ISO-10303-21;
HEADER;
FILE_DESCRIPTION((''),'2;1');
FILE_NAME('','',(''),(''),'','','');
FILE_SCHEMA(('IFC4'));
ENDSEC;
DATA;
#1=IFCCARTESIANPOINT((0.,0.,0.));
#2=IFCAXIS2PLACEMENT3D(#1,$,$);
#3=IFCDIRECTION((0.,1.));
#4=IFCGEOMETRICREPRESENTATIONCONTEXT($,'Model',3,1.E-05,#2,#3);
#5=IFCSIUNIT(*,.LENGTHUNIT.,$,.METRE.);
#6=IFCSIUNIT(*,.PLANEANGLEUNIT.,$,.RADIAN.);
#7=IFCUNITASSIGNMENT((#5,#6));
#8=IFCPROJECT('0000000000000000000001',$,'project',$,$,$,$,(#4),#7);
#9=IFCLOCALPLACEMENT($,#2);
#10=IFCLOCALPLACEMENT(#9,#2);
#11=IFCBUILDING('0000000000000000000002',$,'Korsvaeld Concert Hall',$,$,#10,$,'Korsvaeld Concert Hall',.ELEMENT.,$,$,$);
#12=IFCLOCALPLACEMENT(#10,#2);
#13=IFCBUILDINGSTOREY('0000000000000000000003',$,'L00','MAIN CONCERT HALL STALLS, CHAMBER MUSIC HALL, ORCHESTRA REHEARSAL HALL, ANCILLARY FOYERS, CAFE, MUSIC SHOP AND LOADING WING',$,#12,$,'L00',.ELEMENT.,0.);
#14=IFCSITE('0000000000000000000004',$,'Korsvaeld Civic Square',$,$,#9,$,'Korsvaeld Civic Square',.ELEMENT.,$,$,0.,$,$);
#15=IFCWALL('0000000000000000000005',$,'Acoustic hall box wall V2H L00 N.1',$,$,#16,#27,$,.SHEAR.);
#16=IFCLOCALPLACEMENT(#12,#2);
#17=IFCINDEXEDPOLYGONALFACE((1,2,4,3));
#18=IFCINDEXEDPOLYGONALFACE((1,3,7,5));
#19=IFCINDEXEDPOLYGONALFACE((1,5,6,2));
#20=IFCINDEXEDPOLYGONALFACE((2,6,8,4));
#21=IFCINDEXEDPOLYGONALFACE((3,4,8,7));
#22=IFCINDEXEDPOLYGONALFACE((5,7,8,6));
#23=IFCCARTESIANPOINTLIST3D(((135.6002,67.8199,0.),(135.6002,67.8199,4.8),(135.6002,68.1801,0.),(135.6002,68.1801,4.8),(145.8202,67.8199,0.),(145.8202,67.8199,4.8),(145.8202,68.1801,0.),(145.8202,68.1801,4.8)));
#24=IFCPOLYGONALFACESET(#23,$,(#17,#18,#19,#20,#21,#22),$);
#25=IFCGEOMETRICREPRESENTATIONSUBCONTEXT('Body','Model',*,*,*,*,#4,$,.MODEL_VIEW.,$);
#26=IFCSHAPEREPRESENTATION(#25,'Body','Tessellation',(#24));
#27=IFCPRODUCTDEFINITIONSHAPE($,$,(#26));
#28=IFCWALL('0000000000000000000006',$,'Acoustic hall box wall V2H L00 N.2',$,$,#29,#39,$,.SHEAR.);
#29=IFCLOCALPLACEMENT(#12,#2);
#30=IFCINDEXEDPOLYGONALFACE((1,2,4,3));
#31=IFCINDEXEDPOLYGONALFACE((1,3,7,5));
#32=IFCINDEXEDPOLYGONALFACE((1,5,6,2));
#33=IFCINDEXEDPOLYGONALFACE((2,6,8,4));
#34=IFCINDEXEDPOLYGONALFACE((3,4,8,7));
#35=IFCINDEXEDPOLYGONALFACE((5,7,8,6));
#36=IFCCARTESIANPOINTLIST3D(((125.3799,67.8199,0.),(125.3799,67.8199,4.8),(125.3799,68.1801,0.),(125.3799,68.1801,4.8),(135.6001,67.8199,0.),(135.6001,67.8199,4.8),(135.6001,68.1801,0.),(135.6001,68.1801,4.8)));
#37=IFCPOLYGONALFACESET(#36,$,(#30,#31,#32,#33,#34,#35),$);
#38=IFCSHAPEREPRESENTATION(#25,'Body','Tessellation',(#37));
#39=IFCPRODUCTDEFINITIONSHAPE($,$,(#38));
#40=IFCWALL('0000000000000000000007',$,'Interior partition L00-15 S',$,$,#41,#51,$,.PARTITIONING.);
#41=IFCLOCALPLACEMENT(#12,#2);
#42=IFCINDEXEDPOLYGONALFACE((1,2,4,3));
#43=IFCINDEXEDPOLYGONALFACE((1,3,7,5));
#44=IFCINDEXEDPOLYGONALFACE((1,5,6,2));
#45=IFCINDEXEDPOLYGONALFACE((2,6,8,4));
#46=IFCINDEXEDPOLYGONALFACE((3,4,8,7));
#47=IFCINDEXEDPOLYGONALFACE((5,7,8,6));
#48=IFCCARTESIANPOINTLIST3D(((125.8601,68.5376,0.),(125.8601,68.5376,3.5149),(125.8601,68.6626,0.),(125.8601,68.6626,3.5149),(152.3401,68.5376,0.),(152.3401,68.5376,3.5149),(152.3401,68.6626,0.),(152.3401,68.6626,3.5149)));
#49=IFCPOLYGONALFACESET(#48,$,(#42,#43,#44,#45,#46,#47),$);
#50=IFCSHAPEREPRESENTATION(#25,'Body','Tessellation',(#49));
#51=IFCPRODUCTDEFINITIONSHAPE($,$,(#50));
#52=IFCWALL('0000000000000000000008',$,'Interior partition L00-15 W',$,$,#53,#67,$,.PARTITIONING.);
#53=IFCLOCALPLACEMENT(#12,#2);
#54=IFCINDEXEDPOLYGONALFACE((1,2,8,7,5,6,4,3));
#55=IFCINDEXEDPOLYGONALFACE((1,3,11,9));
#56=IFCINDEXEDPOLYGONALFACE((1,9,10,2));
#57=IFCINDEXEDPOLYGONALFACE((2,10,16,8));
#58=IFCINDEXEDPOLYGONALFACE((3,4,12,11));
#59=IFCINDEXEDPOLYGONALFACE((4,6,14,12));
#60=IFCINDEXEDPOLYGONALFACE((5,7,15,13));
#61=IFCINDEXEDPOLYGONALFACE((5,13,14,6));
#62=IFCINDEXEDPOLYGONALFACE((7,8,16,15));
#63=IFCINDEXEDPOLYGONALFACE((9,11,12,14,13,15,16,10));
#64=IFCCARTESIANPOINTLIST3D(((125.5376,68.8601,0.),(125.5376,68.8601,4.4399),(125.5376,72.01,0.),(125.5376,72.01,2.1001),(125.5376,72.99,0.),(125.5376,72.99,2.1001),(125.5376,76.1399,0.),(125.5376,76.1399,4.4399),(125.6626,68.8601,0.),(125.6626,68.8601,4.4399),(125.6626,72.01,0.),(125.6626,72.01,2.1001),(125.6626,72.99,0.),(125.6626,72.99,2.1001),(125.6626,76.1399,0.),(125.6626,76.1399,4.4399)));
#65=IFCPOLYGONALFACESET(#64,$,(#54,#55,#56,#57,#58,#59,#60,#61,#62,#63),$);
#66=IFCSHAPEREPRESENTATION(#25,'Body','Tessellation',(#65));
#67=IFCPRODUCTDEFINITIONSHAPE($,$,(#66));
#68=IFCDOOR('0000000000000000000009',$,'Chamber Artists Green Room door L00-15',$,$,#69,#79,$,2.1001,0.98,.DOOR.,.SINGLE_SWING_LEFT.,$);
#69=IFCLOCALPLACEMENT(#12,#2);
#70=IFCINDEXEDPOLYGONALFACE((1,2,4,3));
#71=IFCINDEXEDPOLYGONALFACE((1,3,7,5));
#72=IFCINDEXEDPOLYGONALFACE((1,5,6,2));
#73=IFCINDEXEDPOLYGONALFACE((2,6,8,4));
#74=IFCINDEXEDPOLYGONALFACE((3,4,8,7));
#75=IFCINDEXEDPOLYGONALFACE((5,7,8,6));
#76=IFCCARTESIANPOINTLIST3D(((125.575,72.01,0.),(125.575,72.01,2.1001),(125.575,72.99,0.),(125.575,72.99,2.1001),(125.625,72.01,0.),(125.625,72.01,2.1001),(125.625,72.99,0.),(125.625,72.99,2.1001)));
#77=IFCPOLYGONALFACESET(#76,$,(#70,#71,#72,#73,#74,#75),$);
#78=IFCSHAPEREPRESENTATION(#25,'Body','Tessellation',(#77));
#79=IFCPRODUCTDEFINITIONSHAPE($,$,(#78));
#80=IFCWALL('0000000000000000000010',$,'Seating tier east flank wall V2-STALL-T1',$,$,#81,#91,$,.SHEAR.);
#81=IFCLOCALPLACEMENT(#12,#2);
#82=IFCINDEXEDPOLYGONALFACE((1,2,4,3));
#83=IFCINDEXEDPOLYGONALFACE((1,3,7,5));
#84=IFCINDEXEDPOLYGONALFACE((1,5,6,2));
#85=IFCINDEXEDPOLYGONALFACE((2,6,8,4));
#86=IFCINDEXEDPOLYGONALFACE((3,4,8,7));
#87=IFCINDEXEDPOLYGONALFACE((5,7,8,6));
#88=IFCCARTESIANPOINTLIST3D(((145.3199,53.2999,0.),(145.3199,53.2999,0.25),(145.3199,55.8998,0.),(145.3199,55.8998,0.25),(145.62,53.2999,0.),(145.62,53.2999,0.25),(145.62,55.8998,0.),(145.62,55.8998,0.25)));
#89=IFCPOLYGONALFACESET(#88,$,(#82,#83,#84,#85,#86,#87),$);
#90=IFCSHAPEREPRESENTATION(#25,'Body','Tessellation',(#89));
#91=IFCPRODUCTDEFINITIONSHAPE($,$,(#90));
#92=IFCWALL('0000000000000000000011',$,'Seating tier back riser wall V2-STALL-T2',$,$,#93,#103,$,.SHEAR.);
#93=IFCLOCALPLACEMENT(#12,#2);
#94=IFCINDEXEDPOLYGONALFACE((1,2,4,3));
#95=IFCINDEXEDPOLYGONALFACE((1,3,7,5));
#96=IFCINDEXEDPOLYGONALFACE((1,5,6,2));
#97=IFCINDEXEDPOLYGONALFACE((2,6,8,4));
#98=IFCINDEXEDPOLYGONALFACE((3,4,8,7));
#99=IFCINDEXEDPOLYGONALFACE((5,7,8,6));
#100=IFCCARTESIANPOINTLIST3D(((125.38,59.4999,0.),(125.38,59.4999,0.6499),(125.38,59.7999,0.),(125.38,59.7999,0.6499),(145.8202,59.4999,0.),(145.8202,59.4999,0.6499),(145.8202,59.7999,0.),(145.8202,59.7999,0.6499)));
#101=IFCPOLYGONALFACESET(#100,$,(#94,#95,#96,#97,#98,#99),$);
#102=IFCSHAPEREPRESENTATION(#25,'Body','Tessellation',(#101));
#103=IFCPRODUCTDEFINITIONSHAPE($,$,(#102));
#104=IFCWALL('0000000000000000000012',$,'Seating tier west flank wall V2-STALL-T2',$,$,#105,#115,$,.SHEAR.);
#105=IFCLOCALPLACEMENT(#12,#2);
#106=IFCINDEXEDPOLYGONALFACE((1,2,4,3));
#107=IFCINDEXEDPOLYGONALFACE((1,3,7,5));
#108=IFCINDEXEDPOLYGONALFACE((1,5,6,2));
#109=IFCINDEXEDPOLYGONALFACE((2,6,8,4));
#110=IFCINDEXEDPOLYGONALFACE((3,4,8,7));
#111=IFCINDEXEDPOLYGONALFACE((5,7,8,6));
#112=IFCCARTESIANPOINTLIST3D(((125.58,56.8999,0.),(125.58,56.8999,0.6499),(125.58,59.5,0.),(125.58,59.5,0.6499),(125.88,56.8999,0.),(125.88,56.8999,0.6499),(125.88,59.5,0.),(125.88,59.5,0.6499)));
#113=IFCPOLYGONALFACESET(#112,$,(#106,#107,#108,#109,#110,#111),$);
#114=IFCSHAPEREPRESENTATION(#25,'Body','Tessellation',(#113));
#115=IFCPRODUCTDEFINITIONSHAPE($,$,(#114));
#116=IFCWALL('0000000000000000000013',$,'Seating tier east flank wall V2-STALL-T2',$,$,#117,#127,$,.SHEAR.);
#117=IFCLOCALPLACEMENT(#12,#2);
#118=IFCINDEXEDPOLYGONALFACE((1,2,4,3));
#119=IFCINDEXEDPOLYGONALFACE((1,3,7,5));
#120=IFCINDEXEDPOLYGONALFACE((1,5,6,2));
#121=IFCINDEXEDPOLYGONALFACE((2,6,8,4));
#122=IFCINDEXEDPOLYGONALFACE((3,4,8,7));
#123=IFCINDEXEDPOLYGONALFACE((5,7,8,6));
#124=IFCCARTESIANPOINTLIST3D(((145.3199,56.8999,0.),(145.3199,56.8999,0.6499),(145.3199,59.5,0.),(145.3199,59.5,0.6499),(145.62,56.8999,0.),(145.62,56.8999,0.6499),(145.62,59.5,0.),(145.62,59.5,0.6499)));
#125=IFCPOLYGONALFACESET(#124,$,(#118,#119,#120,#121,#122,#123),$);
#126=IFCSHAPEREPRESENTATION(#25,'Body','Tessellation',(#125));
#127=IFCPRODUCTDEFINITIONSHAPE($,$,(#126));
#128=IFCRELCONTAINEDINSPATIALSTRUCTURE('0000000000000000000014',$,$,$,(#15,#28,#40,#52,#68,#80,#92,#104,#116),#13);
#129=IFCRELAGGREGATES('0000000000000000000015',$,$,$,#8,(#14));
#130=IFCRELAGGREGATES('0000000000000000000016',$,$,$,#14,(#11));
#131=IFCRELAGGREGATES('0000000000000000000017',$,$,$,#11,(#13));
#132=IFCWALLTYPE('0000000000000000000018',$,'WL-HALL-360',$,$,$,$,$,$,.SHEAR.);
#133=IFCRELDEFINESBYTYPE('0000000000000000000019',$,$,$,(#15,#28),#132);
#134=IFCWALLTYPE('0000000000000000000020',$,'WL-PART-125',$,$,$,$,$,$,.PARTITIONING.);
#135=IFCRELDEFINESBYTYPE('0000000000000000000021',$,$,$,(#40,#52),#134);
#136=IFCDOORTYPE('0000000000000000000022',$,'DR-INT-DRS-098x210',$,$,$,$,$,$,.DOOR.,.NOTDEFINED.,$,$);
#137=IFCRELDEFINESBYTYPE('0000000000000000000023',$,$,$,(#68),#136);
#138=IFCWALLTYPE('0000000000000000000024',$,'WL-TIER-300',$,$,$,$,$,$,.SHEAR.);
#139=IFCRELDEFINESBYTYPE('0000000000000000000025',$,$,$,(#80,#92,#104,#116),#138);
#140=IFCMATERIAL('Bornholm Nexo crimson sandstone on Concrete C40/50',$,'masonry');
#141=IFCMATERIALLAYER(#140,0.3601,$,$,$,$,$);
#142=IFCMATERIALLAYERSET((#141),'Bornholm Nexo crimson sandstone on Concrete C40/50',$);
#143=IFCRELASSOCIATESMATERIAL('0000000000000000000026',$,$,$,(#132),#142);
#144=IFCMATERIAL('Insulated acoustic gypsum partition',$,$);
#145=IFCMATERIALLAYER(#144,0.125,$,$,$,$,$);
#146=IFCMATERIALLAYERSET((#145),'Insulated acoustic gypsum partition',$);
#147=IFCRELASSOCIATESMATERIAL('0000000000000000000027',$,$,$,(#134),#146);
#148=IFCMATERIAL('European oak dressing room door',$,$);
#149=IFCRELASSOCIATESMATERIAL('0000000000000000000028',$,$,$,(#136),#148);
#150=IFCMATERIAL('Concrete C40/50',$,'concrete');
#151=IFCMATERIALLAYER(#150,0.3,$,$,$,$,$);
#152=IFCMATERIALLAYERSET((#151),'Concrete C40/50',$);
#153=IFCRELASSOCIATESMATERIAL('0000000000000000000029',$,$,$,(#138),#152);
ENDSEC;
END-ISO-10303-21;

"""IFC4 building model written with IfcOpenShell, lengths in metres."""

from ifc_helpers import new_model, si_unit, direction, frame, frame_2d, origin, place, context, subcontext, project, spatial, rectangle, extrude, material, layer, layer_set, type_object, element, fill, save


model = new_model("IFC4")

# Units and contexts
model_context = context("Model", 3, precision=1e-05, world=origin(), true_north=direction((0.0, 1.0)))
body_context = subcontext(model_context, "Body", "Model", "MODEL_VIEW")
ifc_project = project(units=[si_unit("LENGTHUNIT", "METRE"), si_unit("PLANEANGLEUNIT", "RADIAN")], contexts=[model_context])

# Site, building, storey
site_placement = place(None, origin())
site = spatial("IfcSite", under=ifc_project, at=site_placement, Name="Korsvaeld Civic Square", LongName="Korsvaeld Civic Square", CompositionType="ELEMENT", RefElevation=0.0)
building_placement = place(site_placement, origin())
building = spatial("IfcBuilding", under=site, at=building_placement, Name="Korsvaeld Concert Hall", LongName="Korsvaeld Concert Hall", CompositionType="ELEMENT")
storey_placement = place(building_placement, origin())
storey = spatial("IfcBuildingStorey", under=building, at=storey_placement, Name="L00", Description="MAIN CONCERT HALL STALLS, CHAMBER MUSIC HALL, ORCHESTRA REHEARSAL HALL, ANCILLARY FOYERS, CAFE, MUSIC SHOP AND LOADING WING", LongName="L00", CompositionType="ELEMENT", Elevation=0.0)

# Shared definitions
ifc_material_1 = material(Name="Concrete C40/50", Category="concrete")

# Shared definitions
ifc_material_2 = material(Name="Bornholm Nexo crimson sandstone on Concrete C40/50", Category="masonry")
ifc_layer_1 = layer(ifc_material_2, 0.3601)
ifc_layer_set_1 = layer_set([ifc_layer_1], Name="Bornholm Nexo crimson sandstone on Concrete C40/50")
wall_type_1 = type_object("IfcWallType", Name="WL-HALL-360", PredefinedType="SHEAR", material=ifc_layer_set_1)

# Walls
wall_1_placement = place(storey_placement, frame((145.8201, 68.0, 0.0), z_axis=(0.0, 0.0, 1.0), x_axis=(-1.0, 0.0, 0.0)))
element("IfcWall", 1, at=wall_1_placement, inside=storey, type_object=wall_type_1, Name="Acoustic hall box wall V2H L00 N.1", PredefinedType="SHEAR", context=body_context, shape_type="SweptSolid", body=[
    extrude(rectangle(XDim=10.22, YDim=0.3601, at=frame_2d((5.1099, 0.0))), origin(), (0.0, 0.0, 1.0), 4.8),
])
wall_2_placement = place(storey_placement, frame((135.6001, 68.0, 0.0), z_axis=(0.0, 0.0, 1.0), x_axis=(-1.0, 0.0, 0.0)))
element("IfcWall", 2, at=wall_2_placement, inside=storey, type_object=wall_type_1, Name="Acoustic hall box wall V2H L00 N.2", PredefinedType="SHEAR", context=body_context, shape_type="SweptSolid", body=[
    extrude(rectangle(XDim=10.2202, YDim=0.3601, at=frame_2d((5.1101, 0.0))), origin(), (0.0, 0.0, 1.0), 4.8),
])
ifc_material_3 = material(Name="Insulated acoustic gypsum partition")
ifc_layer_2 = layer(ifc_material_3, 0.125)
ifc_layer_set_2 = layer_set([ifc_layer_2], Name="Insulated acoustic gypsum partition")
wall_type_2 = type_object("IfcWallType", Name="WL-PART-125", PredefinedType="PARTITIONING", material=ifc_layer_set_2)
wall_3_placement = place(storey_placement, frame((125.8601, 68.6001, 0.0), z_axis=(0.0, 0.0, 1.0), x_axis=(1.0, 0.0, 0.0)))
element("IfcWall", 3, at=wall_3_placement, inside=storey, type_object=wall_type_2, Name="Interior partition L00-15 S", PredefinedType="PARTITIONING", context=body_context, shape_type="SweptSolid", body=[
    extrude(rectangle(XDim=26.48, YDim=0.125, at=frame_2d((13.24, 0.0))), origin(), (0.0, 0.0, 1.0), 3.5149),
])

# Wall, opening, door
wall_4_placement = place(storey_placement, frame((125.6001, 76.1399, 0.0), z_axis=(0.0, 0.0, 1.0), x_axis=(0.0, -1.0, 0.0)))
wall_4 = element("IfcWall", 4, at=wall_4_placement, inside=storey, type_object=wall_type_2, Name="Interior partition L00-15 W", PredefinedType="PARTITIONING", context=body_context, shape_type="SweptSolid", body=[
    extrude(rectangle(XDim=7.2798, YDim=0.125, at=frame_2d((3.6399, 0.0))), origin(), (0.0, 0.0, 1.0), 4.4399),
])
opening_1_placement = place(wall_4_placement, frame((3.1499, 0.0, 0.0)))
opening_1 = element("IfcOpeningElement", 5, at=opening_1_placement, cuts=wall_4, PredefinedType="OPENING", context=body_context, shape_type="SweptSolid", body=[
    extrude(rectangle(XDim=0.98, YDim=2.1001, at=frame_2d((0.49, 1.05))), frame((0.0, 0.0725, 0.0), z_axis=(0.0, -1.0, 0.0), x_axis=(1.0, 0.0, 0.0)), (0.0, 0.0, 1.0), 0.145),
])
ifc_material_4 = material(Name="European oak dressing room door")
door_type_1 = type_object("IfcDoorType", Name="DR-INT-DRS-098x210", OperationType="NOTDEFINED", PredefinedType="DOOR", material=ifc_material_4)
door_1_placement = place(opening_1_placement, origin())
door_1 = element("IfcDoor", 6, at=door_1_placement, inside=storey, type_object=door_type_1, Name="Chamber Artists Green Room door L00-15", OperationType="SINGLE_SWING_LEFT", OverallHeight=2.1001, OverallWidth=0.98, PredefinedType="DOOR", context=body_context, shape_type="SweptSolid", body=[
    extrude(rectangle(XDim=0.98, YDim=2.1001, at=frame_2d((0.49, 1.05))), frame((0.0, 0.0249, 0.0), z_axis=(0.0, -1.0, 0.0), x_axis=(1.0, 0.0, 0.0)), (0.0, 0.0, 1.0), 0.05),
])
fill(opening_1, door_1)

# Walls
ifc_layer_3 = layer(ifc_material_1, 0.3)
ifc_layer_set_3 = layer_set([ifc_layer_3], Name="Concrete C40/50")
wall_type_3 = type_object("IfcWallType", Name="WL-TIER-300", PredefinedType="SHEAR", material=ifc_layer_set_3)
wall_5_placement = place(storey_placement, frame((145.47, 53.3, 0.0), z_axis=(0.0, 0.0, 1.0), x_axis=(0.0, 1.0, 0.0)))
element("IfcWall", 7, at=wall_5_placement, inside=storey, type_object=wall_type_3, Name="Seating tier east flank wall V2-STALL-T1", PredefinedType="SHEAR", context=body_context, shape_type="SweptSolid", body=[
    extrude(rectangle(XDim=2.5999, YDim=0.3, at=frame_2d((1.2998, 0.0))), origin(), (0.0, 0.0, 1.0), 0.25),
])
wall_6_placement = place(storey_placement, frame((125.3799, 59.6499, 0.0), z_axis=(0.0, 0.0, 1.0), x_axis=(1.0, 0.0, 0.0)))
element("IfcWall", 8, at=wall_6_placement, inside=storey, type_object=wall_type_3, Name="Seating tier back riser wall V2-STALL-T2", PredefinedType="SHEAR", context=body_context, shape_type="SweptSolid", body=[
    extrude(rectangle(XDim=20.4402, YDim=0.3, at=frame_2d((10.2202, 0.0))), origin(), (0.0, 0.0, 1.0), 0.6499),
])
for number, where, z_axis, x_axis, name in (
    (9, (125.73, 56.8999, 0.0), (0.0, 0.0, 1.0), (0.0, 1.0, 0.0), "Seating tier west flank wall V2-STALL-T2"),
    (10, (145.47, 56.8999, 0.0), (0.0, 0.0, 1.0), (0.0, 1.0, 0.0), "Seating tier east flank wall V2-STALL-T2"),
):
    element("IfcWall", number, at=place(storey_placement, frame(where, z_axis=z_axis, x_axis=x_axis)), inside=storey, type_object=wall_type_3, Name=name, PredefinedType="SHEAR", context=body_context, shape_type="SweptSolid", body=[
        extrude(rectangle(XDim=2.6001, YDim=0.3, at=frame_2d((1.3, 0.0))), origin(), (0.0, 0.0, 1.0), 0.6499),
    ])

save(model, "model.ifc")
